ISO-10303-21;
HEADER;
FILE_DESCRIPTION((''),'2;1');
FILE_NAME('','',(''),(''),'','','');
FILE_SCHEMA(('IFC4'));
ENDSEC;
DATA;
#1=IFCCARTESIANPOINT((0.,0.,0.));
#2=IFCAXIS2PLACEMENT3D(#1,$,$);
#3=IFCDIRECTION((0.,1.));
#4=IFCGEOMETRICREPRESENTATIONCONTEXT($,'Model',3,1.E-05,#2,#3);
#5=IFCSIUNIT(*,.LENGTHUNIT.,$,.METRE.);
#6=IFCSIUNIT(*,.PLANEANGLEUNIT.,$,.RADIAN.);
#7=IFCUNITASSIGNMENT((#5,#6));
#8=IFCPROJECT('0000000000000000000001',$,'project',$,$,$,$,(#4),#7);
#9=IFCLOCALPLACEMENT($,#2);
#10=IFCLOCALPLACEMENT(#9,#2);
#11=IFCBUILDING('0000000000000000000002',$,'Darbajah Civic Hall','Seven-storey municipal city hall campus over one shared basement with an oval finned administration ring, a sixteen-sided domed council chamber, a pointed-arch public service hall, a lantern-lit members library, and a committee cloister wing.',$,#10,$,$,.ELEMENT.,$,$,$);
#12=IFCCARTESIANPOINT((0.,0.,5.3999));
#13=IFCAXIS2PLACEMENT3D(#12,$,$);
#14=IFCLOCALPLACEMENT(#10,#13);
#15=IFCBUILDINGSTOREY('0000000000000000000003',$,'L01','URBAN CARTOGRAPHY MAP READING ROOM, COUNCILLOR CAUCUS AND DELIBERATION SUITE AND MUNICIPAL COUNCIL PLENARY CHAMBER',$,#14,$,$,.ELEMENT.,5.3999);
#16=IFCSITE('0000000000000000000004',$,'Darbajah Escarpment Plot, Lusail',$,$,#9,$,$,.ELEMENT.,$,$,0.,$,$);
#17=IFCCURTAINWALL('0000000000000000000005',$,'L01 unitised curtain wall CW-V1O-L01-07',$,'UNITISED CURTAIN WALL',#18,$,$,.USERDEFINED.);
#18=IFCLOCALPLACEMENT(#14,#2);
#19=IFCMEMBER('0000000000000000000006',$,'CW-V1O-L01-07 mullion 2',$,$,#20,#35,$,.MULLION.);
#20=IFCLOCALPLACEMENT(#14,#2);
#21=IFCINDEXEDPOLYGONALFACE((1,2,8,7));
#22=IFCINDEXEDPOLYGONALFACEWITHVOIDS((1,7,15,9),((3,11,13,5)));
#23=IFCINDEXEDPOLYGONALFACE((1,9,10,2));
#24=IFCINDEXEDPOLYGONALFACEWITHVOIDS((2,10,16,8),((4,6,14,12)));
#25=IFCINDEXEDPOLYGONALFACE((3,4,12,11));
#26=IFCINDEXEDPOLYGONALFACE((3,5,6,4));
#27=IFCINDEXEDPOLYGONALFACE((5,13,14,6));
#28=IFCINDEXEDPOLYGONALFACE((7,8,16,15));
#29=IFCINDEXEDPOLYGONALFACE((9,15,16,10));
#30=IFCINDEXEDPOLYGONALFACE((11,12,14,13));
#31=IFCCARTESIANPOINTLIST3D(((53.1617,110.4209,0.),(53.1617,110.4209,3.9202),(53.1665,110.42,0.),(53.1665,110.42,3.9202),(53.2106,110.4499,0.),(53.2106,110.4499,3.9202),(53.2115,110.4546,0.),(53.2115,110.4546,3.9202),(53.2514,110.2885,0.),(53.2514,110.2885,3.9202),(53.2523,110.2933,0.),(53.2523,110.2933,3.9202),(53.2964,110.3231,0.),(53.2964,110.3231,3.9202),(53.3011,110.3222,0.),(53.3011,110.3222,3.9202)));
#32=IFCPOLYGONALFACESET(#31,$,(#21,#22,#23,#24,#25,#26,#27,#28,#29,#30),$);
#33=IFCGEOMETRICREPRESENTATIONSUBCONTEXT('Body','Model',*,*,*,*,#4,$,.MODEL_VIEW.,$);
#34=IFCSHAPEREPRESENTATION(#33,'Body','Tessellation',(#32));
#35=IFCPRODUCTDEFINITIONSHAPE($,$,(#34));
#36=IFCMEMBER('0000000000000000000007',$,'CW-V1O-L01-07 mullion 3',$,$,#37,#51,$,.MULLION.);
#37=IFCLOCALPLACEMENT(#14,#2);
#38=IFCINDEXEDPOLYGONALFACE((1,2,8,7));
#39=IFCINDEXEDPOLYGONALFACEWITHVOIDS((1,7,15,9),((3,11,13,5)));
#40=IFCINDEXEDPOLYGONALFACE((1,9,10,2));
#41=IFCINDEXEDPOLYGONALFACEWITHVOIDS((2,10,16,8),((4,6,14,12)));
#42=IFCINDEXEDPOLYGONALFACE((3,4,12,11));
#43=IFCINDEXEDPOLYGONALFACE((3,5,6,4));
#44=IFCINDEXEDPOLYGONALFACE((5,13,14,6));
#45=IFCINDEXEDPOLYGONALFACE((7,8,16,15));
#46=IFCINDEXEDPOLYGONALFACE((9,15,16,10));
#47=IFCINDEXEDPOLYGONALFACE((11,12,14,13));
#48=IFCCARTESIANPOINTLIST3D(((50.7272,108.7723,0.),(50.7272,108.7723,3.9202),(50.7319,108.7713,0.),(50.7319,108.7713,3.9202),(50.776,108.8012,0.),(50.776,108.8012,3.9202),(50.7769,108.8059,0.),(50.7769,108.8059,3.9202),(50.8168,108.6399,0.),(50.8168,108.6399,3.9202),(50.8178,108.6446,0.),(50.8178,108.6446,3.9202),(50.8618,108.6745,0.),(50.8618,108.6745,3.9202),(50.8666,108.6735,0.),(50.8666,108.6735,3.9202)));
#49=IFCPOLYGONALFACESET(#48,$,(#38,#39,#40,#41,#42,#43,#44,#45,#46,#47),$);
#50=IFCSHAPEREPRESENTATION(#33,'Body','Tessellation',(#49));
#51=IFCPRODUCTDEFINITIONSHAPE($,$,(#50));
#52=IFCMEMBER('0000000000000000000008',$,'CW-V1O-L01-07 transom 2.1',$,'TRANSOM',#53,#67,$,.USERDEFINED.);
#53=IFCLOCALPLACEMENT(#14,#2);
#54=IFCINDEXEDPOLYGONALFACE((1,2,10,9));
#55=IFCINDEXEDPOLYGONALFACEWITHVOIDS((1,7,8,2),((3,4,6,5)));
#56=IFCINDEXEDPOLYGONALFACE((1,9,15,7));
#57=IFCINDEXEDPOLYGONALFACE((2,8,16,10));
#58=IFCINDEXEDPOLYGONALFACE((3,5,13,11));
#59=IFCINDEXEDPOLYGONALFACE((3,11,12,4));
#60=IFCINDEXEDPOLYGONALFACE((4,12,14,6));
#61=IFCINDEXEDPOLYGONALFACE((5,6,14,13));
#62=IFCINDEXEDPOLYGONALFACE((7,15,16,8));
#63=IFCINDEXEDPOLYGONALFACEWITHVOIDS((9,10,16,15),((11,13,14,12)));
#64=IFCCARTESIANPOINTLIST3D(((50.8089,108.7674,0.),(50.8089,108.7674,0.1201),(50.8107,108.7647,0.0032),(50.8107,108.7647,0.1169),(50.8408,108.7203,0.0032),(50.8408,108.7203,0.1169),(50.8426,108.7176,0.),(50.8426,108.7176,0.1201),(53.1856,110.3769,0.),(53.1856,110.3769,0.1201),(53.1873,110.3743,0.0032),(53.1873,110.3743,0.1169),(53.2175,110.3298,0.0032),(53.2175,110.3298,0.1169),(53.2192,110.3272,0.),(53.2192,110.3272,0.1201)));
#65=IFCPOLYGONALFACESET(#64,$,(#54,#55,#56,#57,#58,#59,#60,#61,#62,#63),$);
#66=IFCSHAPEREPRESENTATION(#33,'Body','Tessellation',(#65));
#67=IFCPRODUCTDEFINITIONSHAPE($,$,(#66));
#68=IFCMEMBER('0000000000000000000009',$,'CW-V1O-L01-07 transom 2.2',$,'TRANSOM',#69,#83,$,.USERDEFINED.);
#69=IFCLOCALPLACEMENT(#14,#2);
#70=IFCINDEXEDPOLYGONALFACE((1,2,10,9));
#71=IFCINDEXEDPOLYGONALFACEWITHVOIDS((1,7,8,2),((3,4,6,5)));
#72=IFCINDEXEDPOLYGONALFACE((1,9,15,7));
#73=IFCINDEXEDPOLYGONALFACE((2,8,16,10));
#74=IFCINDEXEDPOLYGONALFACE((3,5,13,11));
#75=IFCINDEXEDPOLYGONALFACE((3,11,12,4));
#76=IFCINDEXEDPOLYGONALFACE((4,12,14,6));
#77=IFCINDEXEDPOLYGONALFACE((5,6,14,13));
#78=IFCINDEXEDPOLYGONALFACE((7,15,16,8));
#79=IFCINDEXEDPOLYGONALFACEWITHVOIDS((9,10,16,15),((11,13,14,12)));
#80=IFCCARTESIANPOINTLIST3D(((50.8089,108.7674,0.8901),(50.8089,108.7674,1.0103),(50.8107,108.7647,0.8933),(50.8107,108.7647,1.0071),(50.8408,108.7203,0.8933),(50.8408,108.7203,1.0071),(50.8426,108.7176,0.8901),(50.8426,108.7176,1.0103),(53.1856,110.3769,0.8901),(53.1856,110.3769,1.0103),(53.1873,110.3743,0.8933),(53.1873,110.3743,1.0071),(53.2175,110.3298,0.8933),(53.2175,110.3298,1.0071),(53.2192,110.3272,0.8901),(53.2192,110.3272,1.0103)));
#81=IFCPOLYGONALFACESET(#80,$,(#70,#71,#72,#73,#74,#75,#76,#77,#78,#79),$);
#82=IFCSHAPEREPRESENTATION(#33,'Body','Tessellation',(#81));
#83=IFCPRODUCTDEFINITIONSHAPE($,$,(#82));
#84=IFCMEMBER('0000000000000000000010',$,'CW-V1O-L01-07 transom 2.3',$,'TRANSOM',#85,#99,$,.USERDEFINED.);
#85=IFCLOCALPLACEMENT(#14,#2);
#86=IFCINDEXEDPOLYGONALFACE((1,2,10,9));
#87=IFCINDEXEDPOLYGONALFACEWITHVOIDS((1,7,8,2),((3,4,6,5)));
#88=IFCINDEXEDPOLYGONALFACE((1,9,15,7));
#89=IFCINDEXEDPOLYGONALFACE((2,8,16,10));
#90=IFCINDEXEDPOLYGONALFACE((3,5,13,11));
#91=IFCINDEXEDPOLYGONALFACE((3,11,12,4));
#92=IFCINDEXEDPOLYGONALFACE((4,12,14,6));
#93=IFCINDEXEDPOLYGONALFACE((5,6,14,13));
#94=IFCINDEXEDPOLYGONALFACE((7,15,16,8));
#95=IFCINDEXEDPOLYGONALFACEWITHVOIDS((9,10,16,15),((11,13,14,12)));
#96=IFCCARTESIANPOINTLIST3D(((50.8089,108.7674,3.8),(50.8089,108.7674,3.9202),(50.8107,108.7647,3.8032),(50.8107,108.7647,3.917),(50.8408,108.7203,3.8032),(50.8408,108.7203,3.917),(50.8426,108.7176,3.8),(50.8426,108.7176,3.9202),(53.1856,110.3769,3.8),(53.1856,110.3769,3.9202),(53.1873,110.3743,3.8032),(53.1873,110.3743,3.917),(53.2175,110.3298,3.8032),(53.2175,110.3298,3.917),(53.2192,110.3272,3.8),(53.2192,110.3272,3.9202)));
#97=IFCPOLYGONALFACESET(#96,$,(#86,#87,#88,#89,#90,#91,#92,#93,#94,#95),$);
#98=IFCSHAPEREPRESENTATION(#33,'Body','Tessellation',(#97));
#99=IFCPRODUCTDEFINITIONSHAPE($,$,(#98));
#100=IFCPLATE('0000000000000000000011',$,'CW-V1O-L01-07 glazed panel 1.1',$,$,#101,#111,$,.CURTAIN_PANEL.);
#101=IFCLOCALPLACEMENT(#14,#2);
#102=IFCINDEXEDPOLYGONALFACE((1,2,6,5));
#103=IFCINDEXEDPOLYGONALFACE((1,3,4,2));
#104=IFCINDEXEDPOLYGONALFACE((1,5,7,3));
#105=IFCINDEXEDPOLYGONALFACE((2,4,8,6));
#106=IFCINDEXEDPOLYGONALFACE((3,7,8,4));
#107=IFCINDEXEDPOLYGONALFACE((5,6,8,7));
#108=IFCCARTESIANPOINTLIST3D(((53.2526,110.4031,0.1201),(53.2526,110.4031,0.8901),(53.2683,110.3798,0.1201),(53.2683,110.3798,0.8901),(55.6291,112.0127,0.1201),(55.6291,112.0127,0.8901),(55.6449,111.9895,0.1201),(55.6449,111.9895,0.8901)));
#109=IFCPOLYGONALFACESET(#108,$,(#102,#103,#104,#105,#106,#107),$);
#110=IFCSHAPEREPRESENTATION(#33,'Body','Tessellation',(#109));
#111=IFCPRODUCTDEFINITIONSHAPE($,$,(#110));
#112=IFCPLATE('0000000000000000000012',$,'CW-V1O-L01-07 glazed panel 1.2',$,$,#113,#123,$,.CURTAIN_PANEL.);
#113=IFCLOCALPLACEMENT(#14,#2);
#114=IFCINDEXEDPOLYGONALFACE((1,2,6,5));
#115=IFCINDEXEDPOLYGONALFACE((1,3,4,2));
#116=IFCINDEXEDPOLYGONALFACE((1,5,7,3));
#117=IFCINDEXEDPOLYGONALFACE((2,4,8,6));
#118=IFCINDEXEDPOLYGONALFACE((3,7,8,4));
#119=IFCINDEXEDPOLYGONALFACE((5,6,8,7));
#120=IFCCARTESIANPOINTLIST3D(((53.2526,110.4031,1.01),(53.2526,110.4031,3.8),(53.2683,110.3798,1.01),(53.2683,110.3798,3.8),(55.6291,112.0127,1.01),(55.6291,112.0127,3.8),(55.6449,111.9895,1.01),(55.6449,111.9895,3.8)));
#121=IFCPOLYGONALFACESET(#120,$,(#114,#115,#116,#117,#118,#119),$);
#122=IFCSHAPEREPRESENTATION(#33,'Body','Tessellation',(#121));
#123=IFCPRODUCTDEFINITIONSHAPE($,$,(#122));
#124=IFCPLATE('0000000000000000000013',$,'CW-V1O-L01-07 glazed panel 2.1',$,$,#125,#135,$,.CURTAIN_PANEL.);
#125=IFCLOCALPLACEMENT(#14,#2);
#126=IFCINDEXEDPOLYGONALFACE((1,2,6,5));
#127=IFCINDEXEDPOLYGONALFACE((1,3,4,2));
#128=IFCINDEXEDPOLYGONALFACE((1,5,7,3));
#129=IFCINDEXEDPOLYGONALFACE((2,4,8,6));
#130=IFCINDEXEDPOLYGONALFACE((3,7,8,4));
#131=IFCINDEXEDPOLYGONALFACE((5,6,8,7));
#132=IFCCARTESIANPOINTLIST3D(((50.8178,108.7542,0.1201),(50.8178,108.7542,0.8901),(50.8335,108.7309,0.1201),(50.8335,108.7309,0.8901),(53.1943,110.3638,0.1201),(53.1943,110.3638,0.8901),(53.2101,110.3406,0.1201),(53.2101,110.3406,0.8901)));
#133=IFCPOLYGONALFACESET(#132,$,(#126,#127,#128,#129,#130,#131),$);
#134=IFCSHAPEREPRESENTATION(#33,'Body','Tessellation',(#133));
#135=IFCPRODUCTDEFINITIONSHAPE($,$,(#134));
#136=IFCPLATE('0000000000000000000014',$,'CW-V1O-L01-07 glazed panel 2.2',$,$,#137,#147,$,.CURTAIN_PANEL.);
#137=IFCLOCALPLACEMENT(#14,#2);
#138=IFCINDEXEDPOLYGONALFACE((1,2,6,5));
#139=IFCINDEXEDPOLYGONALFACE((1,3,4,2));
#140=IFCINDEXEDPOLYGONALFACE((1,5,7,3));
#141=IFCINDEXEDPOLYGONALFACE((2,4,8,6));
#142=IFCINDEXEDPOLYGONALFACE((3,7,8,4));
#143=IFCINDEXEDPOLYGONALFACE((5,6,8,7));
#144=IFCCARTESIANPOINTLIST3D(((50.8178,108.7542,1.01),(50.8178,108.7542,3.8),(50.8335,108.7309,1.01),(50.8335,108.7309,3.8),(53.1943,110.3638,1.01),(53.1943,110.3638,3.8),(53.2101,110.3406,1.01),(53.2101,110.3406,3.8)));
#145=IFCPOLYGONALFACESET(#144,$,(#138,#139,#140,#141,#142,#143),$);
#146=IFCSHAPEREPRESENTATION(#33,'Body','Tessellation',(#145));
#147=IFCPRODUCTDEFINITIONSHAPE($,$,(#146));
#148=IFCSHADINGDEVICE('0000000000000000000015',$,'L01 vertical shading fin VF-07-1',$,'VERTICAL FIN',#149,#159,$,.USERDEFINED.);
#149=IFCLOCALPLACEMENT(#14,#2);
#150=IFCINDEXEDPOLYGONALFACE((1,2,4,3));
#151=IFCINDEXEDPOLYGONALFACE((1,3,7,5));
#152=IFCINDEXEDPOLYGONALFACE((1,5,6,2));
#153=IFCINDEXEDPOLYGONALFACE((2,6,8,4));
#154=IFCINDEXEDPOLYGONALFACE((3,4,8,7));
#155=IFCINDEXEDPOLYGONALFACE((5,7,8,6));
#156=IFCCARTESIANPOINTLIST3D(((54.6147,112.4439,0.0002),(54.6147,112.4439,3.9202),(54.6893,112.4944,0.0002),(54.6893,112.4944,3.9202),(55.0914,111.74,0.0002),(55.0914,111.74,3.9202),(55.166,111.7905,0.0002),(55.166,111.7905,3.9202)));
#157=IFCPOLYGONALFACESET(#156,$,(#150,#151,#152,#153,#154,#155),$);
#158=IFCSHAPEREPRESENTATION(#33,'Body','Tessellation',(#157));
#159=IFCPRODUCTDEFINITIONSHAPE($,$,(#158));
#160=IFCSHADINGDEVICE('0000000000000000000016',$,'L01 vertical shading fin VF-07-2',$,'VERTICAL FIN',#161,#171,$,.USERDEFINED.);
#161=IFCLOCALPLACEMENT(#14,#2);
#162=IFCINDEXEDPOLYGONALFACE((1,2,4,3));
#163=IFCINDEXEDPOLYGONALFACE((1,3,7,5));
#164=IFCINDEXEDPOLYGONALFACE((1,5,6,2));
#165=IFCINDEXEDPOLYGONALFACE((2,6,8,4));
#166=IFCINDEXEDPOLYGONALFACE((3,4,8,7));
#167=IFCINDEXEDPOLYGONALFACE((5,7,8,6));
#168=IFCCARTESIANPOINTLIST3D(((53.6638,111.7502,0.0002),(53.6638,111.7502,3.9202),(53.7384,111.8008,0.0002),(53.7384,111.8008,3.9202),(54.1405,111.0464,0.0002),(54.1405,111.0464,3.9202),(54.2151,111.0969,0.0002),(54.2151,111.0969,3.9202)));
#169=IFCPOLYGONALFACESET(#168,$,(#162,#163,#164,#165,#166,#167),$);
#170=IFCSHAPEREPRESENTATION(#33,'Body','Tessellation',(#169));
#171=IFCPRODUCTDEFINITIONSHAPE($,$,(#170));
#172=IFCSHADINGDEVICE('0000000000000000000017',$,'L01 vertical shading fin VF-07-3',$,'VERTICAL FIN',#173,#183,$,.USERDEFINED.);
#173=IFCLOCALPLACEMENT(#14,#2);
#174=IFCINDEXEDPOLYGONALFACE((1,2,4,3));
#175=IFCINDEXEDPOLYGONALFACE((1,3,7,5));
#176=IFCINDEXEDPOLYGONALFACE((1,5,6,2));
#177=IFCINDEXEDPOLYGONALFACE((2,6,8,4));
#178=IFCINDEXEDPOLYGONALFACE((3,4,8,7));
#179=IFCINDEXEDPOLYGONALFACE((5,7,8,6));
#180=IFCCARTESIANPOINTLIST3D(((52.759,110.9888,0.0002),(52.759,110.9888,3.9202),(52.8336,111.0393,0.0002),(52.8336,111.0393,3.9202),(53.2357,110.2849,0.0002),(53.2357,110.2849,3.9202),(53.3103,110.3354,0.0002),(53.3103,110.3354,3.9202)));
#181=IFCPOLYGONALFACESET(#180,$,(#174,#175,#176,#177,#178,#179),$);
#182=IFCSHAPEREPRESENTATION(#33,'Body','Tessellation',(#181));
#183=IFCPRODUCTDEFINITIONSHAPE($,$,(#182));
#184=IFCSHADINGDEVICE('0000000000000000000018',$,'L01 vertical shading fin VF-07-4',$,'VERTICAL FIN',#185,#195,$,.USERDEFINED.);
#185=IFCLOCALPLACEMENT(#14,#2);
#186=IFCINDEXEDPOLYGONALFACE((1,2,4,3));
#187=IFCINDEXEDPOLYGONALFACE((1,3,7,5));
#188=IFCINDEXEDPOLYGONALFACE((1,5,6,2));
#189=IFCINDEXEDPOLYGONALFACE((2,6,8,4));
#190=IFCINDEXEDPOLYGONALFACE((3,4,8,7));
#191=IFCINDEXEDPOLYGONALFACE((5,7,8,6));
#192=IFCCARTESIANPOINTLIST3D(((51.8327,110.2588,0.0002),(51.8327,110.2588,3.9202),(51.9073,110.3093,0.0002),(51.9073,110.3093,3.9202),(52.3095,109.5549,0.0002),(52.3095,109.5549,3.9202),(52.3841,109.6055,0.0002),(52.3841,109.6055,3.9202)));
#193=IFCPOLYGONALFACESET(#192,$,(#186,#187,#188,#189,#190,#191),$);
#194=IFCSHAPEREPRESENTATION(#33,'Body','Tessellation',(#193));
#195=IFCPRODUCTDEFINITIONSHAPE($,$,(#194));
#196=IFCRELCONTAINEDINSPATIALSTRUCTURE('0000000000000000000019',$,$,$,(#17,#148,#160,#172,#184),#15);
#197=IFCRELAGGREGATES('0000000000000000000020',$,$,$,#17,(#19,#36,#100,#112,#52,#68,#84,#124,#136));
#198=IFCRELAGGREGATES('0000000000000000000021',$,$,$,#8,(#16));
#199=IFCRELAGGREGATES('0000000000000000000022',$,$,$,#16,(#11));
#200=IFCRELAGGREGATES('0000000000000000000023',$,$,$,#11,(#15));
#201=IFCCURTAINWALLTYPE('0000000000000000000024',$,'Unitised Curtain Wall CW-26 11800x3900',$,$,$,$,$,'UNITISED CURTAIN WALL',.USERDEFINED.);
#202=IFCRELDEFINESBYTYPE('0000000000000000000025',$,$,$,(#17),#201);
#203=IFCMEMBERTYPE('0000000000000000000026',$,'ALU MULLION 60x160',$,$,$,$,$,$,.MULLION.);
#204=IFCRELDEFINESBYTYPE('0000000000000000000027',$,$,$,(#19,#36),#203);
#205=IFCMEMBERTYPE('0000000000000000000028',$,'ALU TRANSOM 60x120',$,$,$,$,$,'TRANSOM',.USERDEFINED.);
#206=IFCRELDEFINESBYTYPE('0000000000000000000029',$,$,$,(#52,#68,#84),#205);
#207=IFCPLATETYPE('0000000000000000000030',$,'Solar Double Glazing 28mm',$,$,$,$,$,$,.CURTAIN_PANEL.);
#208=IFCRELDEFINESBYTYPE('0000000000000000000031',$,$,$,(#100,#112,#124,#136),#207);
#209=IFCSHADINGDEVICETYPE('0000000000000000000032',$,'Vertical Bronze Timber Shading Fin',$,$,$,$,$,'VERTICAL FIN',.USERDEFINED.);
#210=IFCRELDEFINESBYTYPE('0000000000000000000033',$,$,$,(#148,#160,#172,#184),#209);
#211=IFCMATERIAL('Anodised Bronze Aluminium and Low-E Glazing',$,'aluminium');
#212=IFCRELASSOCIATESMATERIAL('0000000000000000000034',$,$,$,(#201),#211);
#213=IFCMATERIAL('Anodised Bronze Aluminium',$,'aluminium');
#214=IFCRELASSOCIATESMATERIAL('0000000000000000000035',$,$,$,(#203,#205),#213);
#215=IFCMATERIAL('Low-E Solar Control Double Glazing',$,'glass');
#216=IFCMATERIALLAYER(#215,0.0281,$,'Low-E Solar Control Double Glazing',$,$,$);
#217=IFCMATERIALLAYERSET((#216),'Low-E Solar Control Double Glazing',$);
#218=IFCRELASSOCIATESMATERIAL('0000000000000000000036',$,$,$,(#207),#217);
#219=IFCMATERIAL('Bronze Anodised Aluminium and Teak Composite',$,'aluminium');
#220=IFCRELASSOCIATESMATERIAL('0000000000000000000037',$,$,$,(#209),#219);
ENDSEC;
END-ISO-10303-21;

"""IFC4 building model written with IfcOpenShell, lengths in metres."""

from ifc_helpers import new_model, si_unit, direction, frame, origin, origin_2d, place, context, subcontext, project, spatial, rectangle, hollow_rectangle, extrude, material, layer, layer_set, material_profile, profile_set, type_object, element, aggregate, save


model = new_model("IFC4")

# Units and contexts
model_context = context("Model", 3, precision=1e-05, world=origin(), true_north=direction((0.0, 1.0)))
body_context = subcontext(model_context, "Body", "Model", "MODEL_VIEW")
ifc_project = project(units=[si_unit("LENGTHUNIT", "METRE"), si_unit("PLANEANGLEUNIT", "RADIAN")], contexts=[model_context])

# Site, building, storey
site_placement = place(None, origin())
site = spatial("IfcSite", under=ifc_project, at=site_placement, Name="Darbajah Escarpment Plot, Lusail", CompositionType="ELEMENT", RefElevation=0.0)
building_placement = place(site_placement, origin())
building = spatial("IfcBuilding", under=site, at=building_placement, Name="Darbajah Civic Hall", Description="Seven-storey municipal city hall campus over one shared basement with an oval finned administration ring, a sixteen-sided domed council chamber, a pointed-arch public service hall, a lantern-lit members library, and a committee cloister wing.", CompositionType="ELEMENT")
storey_placement = place(building_placement, frame((0.0, 0.0, 5.3999)))
storey = spatial("IfcBuildingStorey", under=building, at=storey_placement, Name="L01", Description="URBAN CARTOGRAPHY MAP READING ROOM, COUNCILLOR CAUCUS AND DELIBERATION SUITE AND MUNICIPAL COUNCIL PLENARY CHAMBER", CompositionType="ELEMENT", Elevation=5.3999)

# Curtain wall, members, plates
ifc_material_1 = material(Name="Anodised Bronze Aluminium and Low-E Glazing", Category="aluminium")
curtain_wall_type = type_object("IfcCurtainWallType", Name="Unitised Curtain Wall CW-26 11800x3900", ElementType="UNITISED CURTAIN WALL", PredefinedType="USERDEFINED", material=ifc_material_1)
curtain_wall_placement = place(storey_placement, origin())
curtain_wall = element("IfcCurtainWall", 1, at=curtain_wall_placement, inside=storey, type_object=curtain_wall_type, Name="L01 unitised curtain wall CW-V1O-L01-07", ObjectType="UNITISED CURTAIN WALL", PredefinedType="USERDEFINED")
ifc_material_2 = material(Name="Anodised Bronze Aluminium", Category="aluminium")
ifc_material_profile_1 = material_profile(ifc_material_2, hollow_rectangle(XDim=0.0601, YDim=0.1599, WallThickness=0.0034, at=origin_2d()), Name="ALU MULLION 60x160")
ifc_profile_set_1 = profile_set([ifc_material_profile_1], Name="Anodised Bronze Aluminium")
member_type_1 = type_object("IfcMemberType", Name="ALU MULLION 60x160", PredefinedType="MULLION", material=ifc_profile_set_1)
member_1_placement = place(storey_placement, frame((53.2314, 110.3716, 0.0), z_axis=(0.0, 0.0, 1.0), x_axis=(-0.827962, -0.560784, 0.0)))
member_1 = element("IfcMember", 2, at=member_1_placement, type_object=member_type_1, Name="CW-V1O-L01-07 mullion 2", PredefinedType="MULLION", context=body_context, shape_type="SweptSolid", body=[
    extrude(hollow_rectangle(XDim=0.0601, YDim=0.1599, WallThickness=0.0034, at=origin_2d()), origin(), (0.0, 0.0, 1.0), 3.9202),
])
member_2_placement = place(storey_placement, frame((50.7969, 108.7229, 0.0), z_axis=(0.0, 0.0, 1.0), x_axis=(-0.827962, -0.560784, 0.0)))
member_2 = element("IfcMember", 3, at=member_2_placement, type_object=member_type_1, Name="CW-V1O-L01-07 mullion 3", PredefinedType="MULLION", context=body_context, shape_type="SweptSolid", body=[
    extrude(hollow_rectangle(XDim=0.0601, YDim=0.1599, WallThickness=0.0034, at=origin_2d()), origin(), (0.0, 0.0, 1.0), 3.9202),
])
ifc_material_profile_2 = material_profile(ifc_material_2, hollow_rectangle(XDim=0.0601, YDim=0.1201, WallThickness=0.0032, at=origin_2d()), Name="ALU TRANSOM 60x120")
ifc_profile_set_2 = profile_set([ifc_material_profile_2], Name="Anodised Bronze Aluminium")
member_type_2 = type_object("IfcMemberType", Name="ALU TRANSOM 60x120", ElementType="TRANSOM", PredefinedType="USERDEFINED", material=ifc_profile_set_2)
member_3_placement = place(storey_placement, frame((53.2024, 110.3521, 0.0601), z_axis=(-0.827985, -0.56075, 0.0), x_axis=(0.56075, -0.827985, 0.0)))
member_3 = element("IfcMember", 4, at=member_3_placement, type_object=member_type_2, Name="CW-V1O-L01-07 transom 2.1", ObjectType="TRANSOM", PredefinedType="USERDEFINED", context=body_context, shape_type="SweptSolid", body=[
    extrude(hollow_rectangle(XDim=0.0601, YDim=0.1201, WallThickness=0.0032, at=origin_2d()), origin(), (0.0, 0.0, 1.0), 2.8704),
])
member_4_placement = place(storey_placement, frame((53.2024, 110.3521, 0.9502), z_axis=(-0.827985, -0.56075, 0.0), x_axis=(0.56075, -0.827985, 0.0)))
member_4 = element("IfcMember", 5, at=member_4_placement, type_object=member_type_2, Name="CW-V1O-L01-07 transom 2.2", ObjectType="TRANSOM", PredefinedType="USERDEFINED", context=body_context, shape_type="SweptSolid", body=[
    extrude(hollow_rectangle(XDim=0.0601, YDim=0.1201, WallThickness=0.0032, at=origin_2d()), origin(), (0.0, 0.0, 1.0), 2.8704),
])
member_5_placement = place(storey_placement, frame((53.2024, 110.3521, 3.8601), z_axis=(-0.827985, -0.56075, 0.0), x_axis=(0.56075, -0.827985, 0.0)))
member_5 = element("IfcMember", 6, at=member_5_placement, type_object=member_type_2, Name="CW-V1O-L01-07 transom 2.3", ObjectType="TRANSOM", PredefinedType="USERDEFINED", context=body_context, shape_type="SweptSolid", body=[
    extrude(hollow_rectangle(XDim=0.0601, YDim=0.1201, WallThickness=0.0032, at=origin_2d()), origin(), (0.0, 0.0, 1.0), 2.8704),
])
ifc_material_3 = material(Name="Low-E Solar Control Double Glazing", Category="glass")
ifc_layer = layer(ifc_material_3, 0.0281, Name="Low-E Solar Control Double Glazing")
ifc_layer_set = layer_set([ifc_layer], Name="Low-E Solar Control Double Glazing")
plate_type = type_object("IfcPlateType", Name="Solar Double Glazing 28mm", PredefinedType="CURTAIN_PANEL", material=ifc_layer_set)
plate_1_placement = place(storey_placement, frame((54.4487, 111.1963, 0.1201), z_axis=(0.0, 0.0, 1.0), x_axis=(-0.827962, -0.560784, 0.0)))
plate_1 = element("IfcPlate", 7, at=plate_1_placement, type_object=plate_type, Name="CW-V1O-L01-07 glazed panel 1.1", PredefinedType="CURTAIN_PANEL", context=body_context, shape_type="SweptSolid", body=[
    extrude(rectangle(XDim=2.8704, YDim=0.0281, at=origin_2d()), origin(), (0.0, 0.0, 1.0), 0.77),
])
plate_2_placement = place(storey_placement, frame((54.4487, 111.1963, 1.01), z_axis=(0.0, 0.0, 1.0), x_axis=(-0.827962, -0.560784, 0.0)))
plate_2 = element("IfcPlate", 8, at=plate_2_placement, type_object=plate_type, Name="CW-V1O-L01-07 glazed panel 1.2", PredefinedType="CURTAIN_PANEL", context=body_context, shape_type="SweptSolid", body=[
    extrude(rectangle(XDim=2.8704, YDim=0.0281, at=origin_2d()), origin(), (0.0, 0.0, 1.0), 2.79),
])
plate_3_placement = place(storey_placement, frame((52.0139, 109.5474, 0.1201), z_axis=(0.0, 0.0, 1.0), x_axis=(-0.827962, -0.560784, 0.0)))
plate_3 = element("IfcPlate", 9, at=plate_3_placement, type_object=plate_type, Name="CW-V1O-L01-07 glazed panel 2.1", PredefinedType="CURTAIN_PANEL", context=body_context, shape_type="SweptSolid", body=[
    extrude(rectangle(XDim=2.8704, YDim=0.0281, at=origin_2d()), origin(), (0.0, 0.0, 1.0), 0.77),
])
plate_4_placement = place(storey_placement, frame((52.0139, 109.5474, 1.01), z_axis=(0.0, 0.0, 1.0), x_axis=(-0.827962, -0.560784, 0.0)))
plate_4 = element("IfcPlate", 10, at=plate_4_placement, type_object=plate_type, Name="CW-V1O-L01-07 glazed panel 2.2", PredefinedType="CURTAIN_PANEL", context=body_context, shape_type="SweptSolid", body=[
    extrude(rectangle(XDim=2.8704, YDim=0.0281, at=origin_2d()), origin(), (0.0, 0.0, 1.0), 2.79),
])
aggregate(curtain_wall, [member_1, member_2, plate_1, plate_2, member_3, member_4, member_5, plate_3, plate_4])

# Shading devices
ifc_material_4 = material(Name="Bronze Anodised Aluminium and Teak Composite", Category="aluminium")
shading_device_type = type_object("IfcShadingDeviceType", Name="Vertical Bronze Timber Shading Fin", ElementType="VERTICAL FIN", PredefinedType="USERDEFINED", material=ifc_material_4)
for number, where, z_axis, x_axis, name in (
    (11, (54.8904, 112.1172, 0.0002), (0.0, 0.0, 1.0), (-0.560784, 0.827962, 0.0), "L01 vertical shading fin VF-07-1"),
    (12, (53.9395, 111.4236, 0.0002), (0.0, 0.0, 1.0), (-0.560784, 0.827962, 0.0), "L01 vertical shading fin VF-07-2"),
    (13, (53.0347, 110.6621, 0.0002), (0.0, 0.0, 1.0), (-0.560784, 0.827962, 0.0), "L01 vertical shading fin VF-07-3"),
    (14, (52.1084, 109.9321, 0.0002), (0.0, 0.0, 1.0), (-0.560784, 0.827962, 0.0), "L01 vertical shading fin VF-07-4"),
):
    element("IfcShadingDevice", number, at=place(storey_placement, frame(where, z_axis=z_axis, x_axis=x_axis)), inside=storey, type_object=shading_device_type, Name=name, ObjectType="VERTICAL FIN", PredefinedType="USERDEFINED", context=body_context, shape_type="SweptSolid", body=[
        extrude(rectangle(XDim=0.8501, YDim=0.0901, at=origin_2d()), origin(), (0.0, 0.0, 1.0), 3.9199),
    ])

save(model, "model.ifc")
